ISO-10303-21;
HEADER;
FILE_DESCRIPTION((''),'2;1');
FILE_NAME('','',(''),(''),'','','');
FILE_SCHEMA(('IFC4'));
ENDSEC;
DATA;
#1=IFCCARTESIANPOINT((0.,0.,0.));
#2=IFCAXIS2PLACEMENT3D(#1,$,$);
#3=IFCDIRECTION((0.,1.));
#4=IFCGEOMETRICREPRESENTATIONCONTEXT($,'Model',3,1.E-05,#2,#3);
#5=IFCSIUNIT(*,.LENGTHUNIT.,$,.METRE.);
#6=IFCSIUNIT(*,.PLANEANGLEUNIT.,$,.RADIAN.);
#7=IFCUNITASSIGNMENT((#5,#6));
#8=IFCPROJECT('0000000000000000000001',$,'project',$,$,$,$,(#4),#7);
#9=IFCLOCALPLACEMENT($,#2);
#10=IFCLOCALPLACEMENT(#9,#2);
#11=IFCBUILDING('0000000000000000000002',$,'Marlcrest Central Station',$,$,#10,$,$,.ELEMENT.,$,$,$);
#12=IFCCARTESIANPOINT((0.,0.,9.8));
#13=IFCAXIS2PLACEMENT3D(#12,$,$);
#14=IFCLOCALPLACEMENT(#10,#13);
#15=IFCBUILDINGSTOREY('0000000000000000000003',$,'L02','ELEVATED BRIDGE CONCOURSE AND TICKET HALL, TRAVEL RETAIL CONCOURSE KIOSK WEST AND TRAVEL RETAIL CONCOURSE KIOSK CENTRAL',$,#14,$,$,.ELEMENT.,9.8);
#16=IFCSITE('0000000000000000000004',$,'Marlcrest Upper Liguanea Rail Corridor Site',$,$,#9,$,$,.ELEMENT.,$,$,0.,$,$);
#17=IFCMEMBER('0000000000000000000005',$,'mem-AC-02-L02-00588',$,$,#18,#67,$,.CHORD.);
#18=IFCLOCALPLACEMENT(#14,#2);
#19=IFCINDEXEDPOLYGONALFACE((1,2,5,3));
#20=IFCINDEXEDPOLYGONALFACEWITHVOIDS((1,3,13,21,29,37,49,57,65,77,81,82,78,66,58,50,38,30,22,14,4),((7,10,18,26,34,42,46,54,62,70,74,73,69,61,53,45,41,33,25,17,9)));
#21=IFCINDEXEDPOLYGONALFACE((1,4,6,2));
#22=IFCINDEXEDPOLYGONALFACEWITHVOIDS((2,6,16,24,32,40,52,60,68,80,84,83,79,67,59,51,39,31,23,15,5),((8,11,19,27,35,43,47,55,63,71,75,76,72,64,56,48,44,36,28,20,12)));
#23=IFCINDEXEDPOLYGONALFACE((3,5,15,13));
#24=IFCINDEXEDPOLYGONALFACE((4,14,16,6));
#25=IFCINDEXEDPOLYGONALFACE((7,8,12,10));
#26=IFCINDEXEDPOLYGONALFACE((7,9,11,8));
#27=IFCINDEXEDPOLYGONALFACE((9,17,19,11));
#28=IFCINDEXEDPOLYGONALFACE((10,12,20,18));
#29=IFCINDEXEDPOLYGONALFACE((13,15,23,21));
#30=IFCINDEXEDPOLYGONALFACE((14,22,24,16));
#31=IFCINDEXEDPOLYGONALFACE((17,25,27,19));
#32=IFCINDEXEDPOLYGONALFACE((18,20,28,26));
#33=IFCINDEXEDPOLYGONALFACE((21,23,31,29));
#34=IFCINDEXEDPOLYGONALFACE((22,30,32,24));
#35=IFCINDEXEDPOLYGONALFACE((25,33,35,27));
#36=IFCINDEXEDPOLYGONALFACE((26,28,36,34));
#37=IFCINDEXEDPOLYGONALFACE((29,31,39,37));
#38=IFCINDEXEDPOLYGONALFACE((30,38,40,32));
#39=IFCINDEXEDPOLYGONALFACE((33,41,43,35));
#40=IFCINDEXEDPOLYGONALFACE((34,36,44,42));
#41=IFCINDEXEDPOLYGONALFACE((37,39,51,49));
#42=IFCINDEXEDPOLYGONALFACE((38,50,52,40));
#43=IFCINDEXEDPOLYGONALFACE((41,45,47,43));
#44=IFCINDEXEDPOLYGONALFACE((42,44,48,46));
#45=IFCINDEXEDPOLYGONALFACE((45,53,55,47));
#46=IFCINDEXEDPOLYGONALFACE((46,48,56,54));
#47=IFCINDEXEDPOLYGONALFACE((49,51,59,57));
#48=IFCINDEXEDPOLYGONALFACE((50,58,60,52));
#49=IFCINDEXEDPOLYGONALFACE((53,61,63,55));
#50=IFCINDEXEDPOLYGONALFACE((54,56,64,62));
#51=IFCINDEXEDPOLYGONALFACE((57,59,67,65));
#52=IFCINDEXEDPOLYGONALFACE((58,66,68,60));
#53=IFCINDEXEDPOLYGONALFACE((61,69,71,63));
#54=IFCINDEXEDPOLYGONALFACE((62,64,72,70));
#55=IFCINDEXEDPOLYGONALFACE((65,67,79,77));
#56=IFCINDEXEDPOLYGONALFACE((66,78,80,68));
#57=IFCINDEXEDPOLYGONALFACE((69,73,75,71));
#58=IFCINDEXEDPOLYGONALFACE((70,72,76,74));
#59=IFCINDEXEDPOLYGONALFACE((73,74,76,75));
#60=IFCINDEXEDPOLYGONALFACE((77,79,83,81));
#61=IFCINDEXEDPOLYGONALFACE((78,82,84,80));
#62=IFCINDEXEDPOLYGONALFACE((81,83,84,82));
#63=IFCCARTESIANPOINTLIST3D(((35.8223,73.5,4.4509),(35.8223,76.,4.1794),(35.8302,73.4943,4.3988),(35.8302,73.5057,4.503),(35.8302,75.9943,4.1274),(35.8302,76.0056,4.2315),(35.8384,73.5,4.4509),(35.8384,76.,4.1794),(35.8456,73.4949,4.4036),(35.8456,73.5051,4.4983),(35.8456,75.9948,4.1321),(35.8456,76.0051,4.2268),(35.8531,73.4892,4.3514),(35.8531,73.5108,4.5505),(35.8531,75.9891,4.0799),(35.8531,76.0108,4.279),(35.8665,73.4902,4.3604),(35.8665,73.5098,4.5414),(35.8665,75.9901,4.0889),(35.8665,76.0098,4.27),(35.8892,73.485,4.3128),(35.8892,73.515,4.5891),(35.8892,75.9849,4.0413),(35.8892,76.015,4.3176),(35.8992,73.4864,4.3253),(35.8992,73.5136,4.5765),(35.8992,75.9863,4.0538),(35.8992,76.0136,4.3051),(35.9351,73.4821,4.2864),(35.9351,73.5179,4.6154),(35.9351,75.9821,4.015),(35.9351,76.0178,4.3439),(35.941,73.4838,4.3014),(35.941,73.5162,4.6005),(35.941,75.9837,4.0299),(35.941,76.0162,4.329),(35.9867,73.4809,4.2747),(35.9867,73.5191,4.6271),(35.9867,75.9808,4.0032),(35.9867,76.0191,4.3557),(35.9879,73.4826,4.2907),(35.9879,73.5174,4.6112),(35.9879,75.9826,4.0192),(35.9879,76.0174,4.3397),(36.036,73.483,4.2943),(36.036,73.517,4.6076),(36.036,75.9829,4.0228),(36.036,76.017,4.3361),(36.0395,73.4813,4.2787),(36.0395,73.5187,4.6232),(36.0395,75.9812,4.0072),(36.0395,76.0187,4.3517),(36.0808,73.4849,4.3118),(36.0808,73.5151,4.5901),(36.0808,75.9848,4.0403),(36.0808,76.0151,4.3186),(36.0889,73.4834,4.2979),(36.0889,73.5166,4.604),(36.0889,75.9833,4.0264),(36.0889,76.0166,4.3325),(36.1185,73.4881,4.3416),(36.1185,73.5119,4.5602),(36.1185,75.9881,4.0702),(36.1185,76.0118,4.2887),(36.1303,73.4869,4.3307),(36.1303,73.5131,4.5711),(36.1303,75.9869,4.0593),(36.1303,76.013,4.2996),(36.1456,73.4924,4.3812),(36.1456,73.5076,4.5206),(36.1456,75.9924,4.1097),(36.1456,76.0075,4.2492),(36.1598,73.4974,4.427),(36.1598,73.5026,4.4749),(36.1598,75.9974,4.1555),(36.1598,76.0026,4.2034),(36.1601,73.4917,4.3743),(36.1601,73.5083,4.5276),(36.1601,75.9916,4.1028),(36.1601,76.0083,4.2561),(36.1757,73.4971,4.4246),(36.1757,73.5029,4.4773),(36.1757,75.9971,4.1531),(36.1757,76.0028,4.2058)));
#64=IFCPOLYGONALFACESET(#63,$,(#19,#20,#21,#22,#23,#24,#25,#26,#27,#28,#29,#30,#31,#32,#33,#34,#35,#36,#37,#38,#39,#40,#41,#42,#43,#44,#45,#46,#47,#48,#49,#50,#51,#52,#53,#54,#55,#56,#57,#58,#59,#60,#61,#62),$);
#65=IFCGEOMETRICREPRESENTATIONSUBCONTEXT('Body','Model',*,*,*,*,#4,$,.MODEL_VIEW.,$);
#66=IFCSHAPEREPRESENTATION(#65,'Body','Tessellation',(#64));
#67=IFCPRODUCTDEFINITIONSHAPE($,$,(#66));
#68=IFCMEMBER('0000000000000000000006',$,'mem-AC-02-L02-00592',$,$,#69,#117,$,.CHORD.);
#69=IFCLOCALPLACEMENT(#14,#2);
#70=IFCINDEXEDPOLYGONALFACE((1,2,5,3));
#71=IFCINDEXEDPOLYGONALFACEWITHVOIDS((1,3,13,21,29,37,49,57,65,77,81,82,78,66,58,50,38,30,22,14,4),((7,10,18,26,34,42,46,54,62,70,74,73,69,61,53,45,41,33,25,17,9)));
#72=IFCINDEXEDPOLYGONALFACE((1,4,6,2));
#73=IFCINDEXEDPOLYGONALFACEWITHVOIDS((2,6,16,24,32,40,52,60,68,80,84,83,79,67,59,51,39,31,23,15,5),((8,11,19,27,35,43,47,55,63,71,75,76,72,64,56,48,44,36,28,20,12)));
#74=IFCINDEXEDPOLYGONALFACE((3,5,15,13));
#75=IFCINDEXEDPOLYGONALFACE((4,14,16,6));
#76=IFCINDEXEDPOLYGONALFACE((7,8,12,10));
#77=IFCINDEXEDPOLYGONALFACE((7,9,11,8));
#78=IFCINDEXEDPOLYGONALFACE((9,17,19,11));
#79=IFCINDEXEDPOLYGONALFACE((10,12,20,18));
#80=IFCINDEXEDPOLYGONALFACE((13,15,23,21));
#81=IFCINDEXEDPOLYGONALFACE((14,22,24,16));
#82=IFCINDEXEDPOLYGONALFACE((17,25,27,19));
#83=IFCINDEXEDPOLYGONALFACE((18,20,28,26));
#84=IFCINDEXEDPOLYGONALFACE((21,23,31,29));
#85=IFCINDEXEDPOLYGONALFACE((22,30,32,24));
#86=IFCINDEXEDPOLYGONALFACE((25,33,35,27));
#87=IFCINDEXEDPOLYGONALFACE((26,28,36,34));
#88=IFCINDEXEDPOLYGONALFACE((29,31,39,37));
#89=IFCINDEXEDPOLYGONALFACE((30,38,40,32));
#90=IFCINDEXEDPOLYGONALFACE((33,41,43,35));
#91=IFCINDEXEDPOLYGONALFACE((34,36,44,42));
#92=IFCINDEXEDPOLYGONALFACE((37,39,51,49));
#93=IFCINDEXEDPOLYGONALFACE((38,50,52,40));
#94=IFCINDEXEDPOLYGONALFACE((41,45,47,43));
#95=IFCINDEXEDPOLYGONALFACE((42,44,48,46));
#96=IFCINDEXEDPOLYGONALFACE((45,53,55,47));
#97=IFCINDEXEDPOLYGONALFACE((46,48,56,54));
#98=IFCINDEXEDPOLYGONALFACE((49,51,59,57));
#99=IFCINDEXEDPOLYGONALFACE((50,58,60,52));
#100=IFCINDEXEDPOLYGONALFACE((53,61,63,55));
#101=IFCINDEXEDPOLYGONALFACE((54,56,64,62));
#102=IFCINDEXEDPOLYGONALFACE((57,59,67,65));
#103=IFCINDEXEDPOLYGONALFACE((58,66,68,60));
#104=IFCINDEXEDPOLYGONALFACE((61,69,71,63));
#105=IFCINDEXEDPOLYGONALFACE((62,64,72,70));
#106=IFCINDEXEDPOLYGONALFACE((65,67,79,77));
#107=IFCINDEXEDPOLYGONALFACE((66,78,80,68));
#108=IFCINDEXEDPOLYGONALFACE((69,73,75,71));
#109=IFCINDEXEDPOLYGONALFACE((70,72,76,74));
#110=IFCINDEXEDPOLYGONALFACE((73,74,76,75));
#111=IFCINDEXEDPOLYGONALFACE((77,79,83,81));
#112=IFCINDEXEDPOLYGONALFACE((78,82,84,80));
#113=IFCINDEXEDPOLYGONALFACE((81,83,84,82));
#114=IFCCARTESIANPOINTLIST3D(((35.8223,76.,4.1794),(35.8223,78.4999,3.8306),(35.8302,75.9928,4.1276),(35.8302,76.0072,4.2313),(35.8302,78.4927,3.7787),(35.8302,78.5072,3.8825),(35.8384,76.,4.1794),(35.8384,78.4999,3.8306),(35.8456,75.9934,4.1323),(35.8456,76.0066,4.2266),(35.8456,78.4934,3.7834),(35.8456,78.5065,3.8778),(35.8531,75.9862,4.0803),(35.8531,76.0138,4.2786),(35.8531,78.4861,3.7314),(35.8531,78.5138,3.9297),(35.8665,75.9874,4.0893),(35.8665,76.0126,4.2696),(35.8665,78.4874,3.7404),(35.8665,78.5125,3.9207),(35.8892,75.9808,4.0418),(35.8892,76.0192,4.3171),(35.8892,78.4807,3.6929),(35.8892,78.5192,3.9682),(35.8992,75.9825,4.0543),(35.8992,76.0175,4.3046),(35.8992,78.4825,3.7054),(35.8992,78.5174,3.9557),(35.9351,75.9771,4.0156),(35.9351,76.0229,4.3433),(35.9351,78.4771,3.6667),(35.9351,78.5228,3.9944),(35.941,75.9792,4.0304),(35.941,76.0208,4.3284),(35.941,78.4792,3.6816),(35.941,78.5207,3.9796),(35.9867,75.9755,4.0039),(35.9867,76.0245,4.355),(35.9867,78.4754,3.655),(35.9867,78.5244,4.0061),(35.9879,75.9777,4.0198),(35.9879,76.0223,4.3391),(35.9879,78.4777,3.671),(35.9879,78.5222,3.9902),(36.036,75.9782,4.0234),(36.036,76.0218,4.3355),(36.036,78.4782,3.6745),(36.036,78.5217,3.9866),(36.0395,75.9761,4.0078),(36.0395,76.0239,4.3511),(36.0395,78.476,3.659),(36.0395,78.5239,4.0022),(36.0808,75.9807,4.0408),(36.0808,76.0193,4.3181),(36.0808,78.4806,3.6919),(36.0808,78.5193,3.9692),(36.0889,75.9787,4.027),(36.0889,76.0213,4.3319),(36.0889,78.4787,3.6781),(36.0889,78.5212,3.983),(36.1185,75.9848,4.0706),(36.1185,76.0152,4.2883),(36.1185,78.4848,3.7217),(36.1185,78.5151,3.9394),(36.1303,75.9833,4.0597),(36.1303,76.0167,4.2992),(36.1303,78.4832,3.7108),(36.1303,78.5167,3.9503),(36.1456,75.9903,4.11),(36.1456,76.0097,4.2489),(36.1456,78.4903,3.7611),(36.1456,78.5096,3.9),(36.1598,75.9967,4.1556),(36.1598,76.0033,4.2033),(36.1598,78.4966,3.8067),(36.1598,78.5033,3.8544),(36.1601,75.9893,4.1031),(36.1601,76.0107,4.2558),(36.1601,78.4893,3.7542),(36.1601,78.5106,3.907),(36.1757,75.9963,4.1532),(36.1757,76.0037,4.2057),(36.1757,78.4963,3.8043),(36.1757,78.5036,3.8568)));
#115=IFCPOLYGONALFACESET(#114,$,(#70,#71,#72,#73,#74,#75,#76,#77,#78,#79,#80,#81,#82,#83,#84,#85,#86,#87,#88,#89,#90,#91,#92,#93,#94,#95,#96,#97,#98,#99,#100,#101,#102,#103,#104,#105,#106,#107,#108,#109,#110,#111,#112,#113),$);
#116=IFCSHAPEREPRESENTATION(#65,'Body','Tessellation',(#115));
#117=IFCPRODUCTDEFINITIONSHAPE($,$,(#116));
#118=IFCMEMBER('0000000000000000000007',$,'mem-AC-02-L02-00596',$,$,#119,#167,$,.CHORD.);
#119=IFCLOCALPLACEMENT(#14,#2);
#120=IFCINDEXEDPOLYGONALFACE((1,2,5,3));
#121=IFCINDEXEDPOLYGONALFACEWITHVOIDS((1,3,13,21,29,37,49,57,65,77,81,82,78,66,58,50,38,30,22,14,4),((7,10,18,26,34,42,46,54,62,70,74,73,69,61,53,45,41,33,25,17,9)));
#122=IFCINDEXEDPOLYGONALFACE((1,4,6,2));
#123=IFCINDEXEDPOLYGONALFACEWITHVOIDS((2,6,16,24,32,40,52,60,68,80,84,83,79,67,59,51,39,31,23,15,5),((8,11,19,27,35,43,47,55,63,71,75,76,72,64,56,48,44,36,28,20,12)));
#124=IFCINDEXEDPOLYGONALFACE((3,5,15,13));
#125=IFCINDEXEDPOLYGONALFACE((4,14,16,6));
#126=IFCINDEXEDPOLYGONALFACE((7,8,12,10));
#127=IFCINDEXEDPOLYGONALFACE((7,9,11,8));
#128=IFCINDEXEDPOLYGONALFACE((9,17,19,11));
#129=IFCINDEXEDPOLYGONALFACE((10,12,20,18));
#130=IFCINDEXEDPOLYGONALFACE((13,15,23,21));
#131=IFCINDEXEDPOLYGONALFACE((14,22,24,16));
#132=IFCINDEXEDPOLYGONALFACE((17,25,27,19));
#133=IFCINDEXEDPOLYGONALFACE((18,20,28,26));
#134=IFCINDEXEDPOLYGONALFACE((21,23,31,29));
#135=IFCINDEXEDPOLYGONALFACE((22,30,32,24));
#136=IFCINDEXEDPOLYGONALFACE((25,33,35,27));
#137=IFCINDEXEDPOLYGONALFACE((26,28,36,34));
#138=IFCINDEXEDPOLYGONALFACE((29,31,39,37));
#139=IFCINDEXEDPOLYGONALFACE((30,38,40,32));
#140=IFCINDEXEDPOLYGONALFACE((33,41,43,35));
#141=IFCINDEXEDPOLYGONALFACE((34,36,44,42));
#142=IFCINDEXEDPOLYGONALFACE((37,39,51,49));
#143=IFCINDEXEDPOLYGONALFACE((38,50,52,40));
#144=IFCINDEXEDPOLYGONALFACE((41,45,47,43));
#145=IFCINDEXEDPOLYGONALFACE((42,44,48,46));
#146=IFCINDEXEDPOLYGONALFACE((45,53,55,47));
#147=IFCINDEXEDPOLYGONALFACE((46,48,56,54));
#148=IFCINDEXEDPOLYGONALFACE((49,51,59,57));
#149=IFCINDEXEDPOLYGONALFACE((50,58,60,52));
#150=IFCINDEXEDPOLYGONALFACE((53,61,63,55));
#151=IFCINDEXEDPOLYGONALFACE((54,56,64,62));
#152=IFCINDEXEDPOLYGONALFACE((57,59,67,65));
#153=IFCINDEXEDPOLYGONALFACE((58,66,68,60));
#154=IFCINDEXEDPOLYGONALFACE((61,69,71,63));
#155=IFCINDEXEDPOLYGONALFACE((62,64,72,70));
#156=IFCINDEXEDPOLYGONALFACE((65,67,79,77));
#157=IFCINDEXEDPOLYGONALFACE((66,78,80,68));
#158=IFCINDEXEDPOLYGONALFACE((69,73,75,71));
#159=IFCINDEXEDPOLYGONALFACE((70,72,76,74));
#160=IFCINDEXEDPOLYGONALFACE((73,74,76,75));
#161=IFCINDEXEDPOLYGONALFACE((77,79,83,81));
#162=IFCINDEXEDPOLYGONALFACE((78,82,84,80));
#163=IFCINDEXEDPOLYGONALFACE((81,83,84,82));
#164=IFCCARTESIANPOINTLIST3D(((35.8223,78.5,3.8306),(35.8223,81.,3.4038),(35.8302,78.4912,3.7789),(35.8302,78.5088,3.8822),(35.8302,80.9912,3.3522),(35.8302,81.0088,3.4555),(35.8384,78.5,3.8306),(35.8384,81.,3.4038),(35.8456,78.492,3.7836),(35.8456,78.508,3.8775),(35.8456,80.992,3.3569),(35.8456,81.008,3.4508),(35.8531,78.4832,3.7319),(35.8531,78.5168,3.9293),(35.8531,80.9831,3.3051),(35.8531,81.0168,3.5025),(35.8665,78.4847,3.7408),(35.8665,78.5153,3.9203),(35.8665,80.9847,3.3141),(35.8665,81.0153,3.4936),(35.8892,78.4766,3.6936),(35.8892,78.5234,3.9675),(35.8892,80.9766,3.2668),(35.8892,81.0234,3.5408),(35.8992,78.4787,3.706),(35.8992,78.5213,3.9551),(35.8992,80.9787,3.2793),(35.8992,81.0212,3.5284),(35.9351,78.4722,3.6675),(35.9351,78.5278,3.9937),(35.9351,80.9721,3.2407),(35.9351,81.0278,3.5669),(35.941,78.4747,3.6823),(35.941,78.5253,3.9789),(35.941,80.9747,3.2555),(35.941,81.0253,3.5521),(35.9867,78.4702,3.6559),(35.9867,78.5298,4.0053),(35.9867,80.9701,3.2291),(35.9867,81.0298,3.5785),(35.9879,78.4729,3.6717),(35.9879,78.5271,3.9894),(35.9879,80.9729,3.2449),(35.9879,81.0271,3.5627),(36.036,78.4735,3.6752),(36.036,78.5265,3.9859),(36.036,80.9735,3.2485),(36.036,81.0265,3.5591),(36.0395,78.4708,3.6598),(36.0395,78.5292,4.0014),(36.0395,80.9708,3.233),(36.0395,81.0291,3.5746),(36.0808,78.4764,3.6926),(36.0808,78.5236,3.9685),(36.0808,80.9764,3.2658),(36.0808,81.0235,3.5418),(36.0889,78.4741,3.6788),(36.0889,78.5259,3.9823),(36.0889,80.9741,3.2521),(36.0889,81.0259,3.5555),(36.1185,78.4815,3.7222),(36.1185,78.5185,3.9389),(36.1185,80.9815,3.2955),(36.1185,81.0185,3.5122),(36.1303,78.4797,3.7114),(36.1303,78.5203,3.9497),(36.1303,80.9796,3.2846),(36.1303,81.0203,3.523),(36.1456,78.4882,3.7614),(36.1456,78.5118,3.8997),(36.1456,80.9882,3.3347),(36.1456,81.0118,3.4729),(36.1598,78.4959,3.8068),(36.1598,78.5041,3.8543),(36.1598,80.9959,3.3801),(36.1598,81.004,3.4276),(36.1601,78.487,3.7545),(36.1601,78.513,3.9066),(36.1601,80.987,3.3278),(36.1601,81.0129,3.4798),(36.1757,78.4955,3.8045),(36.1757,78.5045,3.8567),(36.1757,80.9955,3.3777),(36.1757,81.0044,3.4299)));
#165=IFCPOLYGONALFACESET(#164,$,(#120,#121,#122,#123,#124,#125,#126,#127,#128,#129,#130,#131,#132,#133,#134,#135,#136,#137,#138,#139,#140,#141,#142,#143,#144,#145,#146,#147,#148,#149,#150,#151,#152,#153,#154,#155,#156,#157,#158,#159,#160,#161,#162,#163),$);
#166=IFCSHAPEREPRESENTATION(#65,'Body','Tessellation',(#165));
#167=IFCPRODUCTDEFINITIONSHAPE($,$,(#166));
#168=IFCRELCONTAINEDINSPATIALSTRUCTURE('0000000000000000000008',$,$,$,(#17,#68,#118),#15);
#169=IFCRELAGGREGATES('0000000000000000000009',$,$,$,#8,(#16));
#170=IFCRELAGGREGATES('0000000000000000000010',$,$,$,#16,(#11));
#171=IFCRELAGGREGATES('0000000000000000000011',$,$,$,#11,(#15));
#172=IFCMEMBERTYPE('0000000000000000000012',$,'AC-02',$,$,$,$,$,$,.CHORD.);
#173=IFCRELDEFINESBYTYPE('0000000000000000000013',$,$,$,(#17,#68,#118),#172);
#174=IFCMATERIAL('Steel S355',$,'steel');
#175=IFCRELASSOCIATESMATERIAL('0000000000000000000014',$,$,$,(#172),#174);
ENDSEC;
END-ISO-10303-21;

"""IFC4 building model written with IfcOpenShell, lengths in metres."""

from ifc_helpers import new_model, si_unit, direction, frame, origin, origin_2d, place, context, subcontext, project, spatial, hollow_circle, extrude, material, material_profile, profile_set, type_object, element, save


model = new_model("IFC4")

# Units and contexts
model_context = context("Model", 3, precision=1e-05, world=origin(), true_north=direction((0.0, 1.0)))
body_context = subcontext(model_context, "Body", "Model", "MODEL_VIEW")
ifc_project = project(units=[si_unit("LENGTHUNIT", "METRE"), si_unit("PLANEANGLEUNIT", "RADIAN")], contexts=[model_context])

# Site, building, storey
site_placement = place(None, origin())
site = spatial("IfcSite", under=ifc_project, at=site_placement, Name="Marlcrest Upper Liguanea Rail Corridor Site", CompositionType="ELEMENT", RefElevation=0.0)
building_placement = place(site_placement, origin())
building = spatial("IfcBuilding", under=site, at=building_placement, Name="Marlcrest Central Station", CompositionType="ELEMENT")
storey_placement = place(building_placement, frame((0.0, 0.0, 9.8)))
storey = spatial("IfcBuildingStorey", under=building, at=storey_placement, Name="L02", Description="ELEVATED BRIDGE CONCOURSE AND TICKET HALL, TRAVEL RETAIL CONCOURSE KIOSK WEST AND TRAVEL RETAIL CONCOURSE KIOSK CENTRAL", CompositionType="ELEMENT", Elevation=9.8)

# Members
ifc_material = material(Name="Steel S355", Category="steel")
ifc_material_profile_1 = material_profile(ifc_material, hollow_circle(Radius=0.1777, WallThickness=0.0161, at=origin_2d()), Name="CHS 355.6x16")
ifc_profile_set_1 = profile_set([ifc_material_profile_1], Name="Steel S355")
member_type_1 = type_object("IfcMemberType", Name="AC-02", PredefinedType="CHORD", material=ifc_profile_set_1)
member_1_placement = place(storey_placement, frame((36.0, 73.5, 4.4509), z_axis=(0.0, 0.994155, -0.107959), x_axis=(-1.0, 0.0, 0.0)))
element("IfcMember", 1, at=member_1_placement, inside=storey, type_object=member_type_1, Name="mem-AC-02-L02-00588", PredefinedType="CHORD", context=body_context, shape_type="SweptSolid", body=[
    extrude(hollow_circle(Radius=0.1777, WallThickness=0.0161, at=origin_2d()), origin(), (0.0, 0.0, 1.0), 2.5146),
])
member_2_placement = place(storey_placement, frame((36.0, 76.0, 4.1794), z_axis=(0.0, 0.990403, -0.138211), x_axis=(-1.0, 0.0, 0.0)))
element("IfcMember", 2, at=member_2_placement, inside=storey, type_object=member_type_1, Name="mem-AC-02-L02-00592", PredefinedType="CHORD", context=body_context, shape_type="SweptSolid", body=[
    extrude(hollow_circle(Radius=0.1777, WallThickness=0.0161, at=origin_2d()), origin(), (0.0, 0.0, 1.0), 2.5242),
])
member_3_placement = place(storey_placement, frame((36.0, 78.5, 3.8306), z_axis=(0.0, 0.985741, -0.168269), x_axis=(-1.0, 0.0, 0.0)))
element("IfcMember", 3, at=member_3_placement, inside=storey, type_object=member_type_1, Name="mem-AC-02-L02-00596", PredefinedType="CHORD", context=body_context, shape_type="SweptSolid", body=[
    extrude(hollow_circle(Radius=0.1777, WallThickness=0.0161, at=origin_2d()), origin(), (0.0, 0.0, 1.0), 2.5361),
])

save(model, "model.ifc")
